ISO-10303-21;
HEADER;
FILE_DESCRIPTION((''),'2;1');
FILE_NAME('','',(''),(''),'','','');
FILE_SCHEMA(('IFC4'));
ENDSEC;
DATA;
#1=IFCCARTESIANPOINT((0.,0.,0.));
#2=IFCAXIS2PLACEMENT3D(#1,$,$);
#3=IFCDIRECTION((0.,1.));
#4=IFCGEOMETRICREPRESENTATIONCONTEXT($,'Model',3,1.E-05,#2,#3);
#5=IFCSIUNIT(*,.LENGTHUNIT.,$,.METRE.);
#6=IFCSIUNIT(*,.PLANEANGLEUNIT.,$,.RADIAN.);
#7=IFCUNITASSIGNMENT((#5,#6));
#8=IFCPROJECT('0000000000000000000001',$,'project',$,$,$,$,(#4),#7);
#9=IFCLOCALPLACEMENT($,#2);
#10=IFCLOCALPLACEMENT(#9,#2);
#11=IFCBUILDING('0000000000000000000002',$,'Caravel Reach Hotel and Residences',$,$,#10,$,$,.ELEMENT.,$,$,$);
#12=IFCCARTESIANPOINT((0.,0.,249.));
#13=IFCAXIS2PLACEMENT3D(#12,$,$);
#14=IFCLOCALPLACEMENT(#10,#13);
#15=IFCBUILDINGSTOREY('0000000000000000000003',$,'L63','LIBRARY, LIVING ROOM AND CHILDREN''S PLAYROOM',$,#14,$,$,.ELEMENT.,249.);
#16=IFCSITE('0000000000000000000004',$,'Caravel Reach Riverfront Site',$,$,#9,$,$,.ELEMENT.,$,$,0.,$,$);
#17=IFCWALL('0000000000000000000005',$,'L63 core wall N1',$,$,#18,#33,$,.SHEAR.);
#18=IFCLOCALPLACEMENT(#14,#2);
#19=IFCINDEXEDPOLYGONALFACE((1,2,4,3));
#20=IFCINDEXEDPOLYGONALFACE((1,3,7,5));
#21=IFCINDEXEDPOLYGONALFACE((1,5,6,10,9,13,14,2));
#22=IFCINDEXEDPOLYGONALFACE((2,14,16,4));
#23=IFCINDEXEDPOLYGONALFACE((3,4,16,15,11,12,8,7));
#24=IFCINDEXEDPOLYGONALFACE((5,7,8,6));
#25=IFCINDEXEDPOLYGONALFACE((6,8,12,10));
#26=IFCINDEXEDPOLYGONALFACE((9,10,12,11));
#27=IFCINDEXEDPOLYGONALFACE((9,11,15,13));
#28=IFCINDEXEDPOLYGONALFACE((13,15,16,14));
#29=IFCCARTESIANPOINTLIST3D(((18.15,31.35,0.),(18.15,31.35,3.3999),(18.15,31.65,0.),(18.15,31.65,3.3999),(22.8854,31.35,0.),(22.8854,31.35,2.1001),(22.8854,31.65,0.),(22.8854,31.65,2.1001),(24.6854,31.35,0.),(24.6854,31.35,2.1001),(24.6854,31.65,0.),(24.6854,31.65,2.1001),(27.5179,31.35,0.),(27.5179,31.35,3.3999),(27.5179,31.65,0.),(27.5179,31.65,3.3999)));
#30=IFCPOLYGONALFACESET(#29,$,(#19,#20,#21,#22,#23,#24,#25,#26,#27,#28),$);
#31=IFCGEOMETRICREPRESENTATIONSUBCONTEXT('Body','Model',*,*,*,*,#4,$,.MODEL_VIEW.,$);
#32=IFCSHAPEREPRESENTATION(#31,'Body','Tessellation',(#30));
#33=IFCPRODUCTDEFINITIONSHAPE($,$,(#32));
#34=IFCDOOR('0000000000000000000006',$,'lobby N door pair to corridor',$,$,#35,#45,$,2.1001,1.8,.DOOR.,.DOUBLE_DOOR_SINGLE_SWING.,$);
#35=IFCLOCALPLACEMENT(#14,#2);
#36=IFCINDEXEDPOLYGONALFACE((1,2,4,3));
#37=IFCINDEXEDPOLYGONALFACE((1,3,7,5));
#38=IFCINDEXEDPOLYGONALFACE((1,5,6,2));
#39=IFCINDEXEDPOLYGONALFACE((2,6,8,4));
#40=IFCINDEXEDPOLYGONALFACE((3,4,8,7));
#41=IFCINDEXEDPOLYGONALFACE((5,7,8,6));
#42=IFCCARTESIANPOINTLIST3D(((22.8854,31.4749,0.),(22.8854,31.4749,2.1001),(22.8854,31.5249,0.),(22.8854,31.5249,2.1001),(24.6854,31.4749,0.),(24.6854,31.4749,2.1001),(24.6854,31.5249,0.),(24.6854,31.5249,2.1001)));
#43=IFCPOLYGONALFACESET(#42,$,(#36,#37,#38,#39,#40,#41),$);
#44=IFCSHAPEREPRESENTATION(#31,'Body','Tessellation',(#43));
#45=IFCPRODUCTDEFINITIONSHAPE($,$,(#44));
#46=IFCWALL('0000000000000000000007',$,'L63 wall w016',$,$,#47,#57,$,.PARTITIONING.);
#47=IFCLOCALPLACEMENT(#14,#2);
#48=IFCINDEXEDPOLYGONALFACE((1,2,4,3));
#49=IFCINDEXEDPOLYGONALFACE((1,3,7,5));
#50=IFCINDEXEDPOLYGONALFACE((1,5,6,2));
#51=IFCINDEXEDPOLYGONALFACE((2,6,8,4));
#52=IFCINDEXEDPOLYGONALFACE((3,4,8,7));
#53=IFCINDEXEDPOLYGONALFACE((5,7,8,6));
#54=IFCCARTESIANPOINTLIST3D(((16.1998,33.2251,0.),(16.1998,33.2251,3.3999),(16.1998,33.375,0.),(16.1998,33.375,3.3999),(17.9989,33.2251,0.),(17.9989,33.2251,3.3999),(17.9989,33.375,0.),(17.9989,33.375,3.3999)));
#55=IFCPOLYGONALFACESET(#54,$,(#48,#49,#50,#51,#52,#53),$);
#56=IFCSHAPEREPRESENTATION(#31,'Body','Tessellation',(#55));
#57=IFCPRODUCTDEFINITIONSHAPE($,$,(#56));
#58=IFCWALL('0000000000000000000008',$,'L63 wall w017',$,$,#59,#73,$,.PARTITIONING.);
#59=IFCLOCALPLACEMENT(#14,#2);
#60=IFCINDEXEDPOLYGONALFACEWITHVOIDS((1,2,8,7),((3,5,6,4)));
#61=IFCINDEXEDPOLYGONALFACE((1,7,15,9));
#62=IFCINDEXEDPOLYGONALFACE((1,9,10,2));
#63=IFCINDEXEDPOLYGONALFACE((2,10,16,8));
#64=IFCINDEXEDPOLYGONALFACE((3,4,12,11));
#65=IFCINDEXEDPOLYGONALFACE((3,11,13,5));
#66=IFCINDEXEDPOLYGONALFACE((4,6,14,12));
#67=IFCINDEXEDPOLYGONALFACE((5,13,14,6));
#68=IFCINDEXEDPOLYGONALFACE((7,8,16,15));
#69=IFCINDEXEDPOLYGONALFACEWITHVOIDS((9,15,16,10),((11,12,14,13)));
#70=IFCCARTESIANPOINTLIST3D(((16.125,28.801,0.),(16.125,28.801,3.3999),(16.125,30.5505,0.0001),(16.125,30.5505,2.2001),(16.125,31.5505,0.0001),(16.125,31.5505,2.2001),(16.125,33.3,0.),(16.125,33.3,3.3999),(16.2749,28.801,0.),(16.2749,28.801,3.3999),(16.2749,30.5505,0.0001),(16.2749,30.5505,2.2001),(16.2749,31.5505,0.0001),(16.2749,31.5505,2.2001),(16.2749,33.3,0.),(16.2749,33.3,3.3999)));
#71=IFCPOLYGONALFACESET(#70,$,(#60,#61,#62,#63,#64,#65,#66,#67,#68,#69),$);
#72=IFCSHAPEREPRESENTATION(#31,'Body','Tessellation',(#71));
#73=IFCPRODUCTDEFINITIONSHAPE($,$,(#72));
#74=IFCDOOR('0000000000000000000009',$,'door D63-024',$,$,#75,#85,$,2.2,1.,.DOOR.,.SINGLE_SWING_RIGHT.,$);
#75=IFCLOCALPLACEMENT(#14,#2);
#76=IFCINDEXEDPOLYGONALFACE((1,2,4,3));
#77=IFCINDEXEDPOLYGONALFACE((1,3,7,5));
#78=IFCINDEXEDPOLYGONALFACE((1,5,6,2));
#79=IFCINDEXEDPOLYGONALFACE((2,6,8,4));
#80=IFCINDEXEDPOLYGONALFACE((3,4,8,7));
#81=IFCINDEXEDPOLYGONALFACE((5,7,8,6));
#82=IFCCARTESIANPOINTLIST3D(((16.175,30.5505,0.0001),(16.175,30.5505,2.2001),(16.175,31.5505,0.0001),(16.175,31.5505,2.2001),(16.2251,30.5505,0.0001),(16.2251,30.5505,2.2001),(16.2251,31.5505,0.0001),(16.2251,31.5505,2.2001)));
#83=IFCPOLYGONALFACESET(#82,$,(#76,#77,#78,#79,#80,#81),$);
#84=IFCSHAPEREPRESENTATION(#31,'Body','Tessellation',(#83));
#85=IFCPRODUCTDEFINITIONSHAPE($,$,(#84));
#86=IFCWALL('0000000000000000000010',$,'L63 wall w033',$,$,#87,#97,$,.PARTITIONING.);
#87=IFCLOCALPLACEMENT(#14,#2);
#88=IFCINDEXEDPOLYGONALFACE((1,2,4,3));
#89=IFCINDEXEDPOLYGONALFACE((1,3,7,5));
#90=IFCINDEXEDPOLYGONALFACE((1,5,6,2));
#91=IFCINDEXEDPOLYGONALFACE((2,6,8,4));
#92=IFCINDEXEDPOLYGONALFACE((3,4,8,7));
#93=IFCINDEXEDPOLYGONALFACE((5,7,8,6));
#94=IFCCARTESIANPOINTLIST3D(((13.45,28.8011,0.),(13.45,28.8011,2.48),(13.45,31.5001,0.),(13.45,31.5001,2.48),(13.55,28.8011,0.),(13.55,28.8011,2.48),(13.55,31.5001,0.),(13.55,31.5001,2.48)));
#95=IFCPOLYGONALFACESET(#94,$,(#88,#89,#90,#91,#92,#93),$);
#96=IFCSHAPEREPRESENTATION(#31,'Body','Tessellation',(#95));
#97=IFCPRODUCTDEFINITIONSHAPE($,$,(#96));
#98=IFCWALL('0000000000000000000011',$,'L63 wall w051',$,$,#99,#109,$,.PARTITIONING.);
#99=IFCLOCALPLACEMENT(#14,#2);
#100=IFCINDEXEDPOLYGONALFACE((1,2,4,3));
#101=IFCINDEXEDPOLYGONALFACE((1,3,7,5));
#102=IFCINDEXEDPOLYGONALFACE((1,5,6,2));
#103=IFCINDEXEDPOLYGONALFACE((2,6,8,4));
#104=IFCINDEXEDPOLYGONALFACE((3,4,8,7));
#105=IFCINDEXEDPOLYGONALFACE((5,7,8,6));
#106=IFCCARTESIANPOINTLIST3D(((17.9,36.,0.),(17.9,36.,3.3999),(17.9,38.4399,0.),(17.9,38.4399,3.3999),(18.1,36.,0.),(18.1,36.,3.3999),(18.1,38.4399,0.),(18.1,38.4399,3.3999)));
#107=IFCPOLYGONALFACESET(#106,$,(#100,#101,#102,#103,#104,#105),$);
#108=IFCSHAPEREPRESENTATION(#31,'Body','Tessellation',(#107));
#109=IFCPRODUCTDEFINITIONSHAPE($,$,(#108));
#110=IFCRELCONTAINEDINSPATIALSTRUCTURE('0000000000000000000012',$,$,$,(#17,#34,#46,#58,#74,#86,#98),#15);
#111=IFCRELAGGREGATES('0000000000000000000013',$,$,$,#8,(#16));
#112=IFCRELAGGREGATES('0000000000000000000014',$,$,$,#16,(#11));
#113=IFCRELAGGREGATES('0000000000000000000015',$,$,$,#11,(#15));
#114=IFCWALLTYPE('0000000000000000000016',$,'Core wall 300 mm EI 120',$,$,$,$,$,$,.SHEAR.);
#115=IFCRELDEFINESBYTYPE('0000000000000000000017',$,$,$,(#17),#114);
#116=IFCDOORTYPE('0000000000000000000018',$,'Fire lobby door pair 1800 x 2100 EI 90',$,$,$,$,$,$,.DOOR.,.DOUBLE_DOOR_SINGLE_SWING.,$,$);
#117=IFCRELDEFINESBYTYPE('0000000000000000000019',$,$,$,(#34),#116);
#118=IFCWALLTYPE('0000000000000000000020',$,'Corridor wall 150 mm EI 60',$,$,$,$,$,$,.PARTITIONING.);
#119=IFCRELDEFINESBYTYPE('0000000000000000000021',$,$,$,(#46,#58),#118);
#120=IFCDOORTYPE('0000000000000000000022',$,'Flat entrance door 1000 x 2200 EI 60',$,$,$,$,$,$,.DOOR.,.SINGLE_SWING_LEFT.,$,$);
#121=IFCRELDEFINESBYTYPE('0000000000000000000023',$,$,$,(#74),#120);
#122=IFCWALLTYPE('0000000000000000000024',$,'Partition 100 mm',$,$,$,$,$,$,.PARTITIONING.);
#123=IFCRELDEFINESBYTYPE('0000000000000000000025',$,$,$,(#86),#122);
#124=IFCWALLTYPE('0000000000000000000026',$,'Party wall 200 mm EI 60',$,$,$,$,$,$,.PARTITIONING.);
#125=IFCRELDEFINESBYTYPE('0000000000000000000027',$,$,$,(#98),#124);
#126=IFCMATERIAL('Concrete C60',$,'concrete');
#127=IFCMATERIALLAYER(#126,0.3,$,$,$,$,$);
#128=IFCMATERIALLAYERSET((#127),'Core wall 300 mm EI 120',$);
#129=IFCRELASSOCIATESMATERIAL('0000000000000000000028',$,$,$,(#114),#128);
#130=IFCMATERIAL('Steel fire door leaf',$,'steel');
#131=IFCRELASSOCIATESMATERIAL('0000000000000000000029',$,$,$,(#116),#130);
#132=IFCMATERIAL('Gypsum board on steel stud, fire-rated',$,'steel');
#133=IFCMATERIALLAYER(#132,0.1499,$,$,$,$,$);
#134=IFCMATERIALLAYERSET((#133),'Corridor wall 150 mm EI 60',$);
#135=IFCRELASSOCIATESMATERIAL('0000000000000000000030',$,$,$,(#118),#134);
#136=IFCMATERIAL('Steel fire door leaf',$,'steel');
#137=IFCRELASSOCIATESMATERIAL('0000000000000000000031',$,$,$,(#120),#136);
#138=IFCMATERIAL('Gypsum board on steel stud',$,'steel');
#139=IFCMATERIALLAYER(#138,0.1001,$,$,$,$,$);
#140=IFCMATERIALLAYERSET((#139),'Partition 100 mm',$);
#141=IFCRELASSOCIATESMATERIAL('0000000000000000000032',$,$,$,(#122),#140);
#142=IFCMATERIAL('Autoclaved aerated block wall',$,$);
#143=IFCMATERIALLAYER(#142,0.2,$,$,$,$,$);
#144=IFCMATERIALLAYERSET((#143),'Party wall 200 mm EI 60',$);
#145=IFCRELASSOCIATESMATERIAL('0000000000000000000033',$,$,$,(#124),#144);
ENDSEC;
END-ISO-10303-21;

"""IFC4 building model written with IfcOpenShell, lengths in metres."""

from ifc_helpers import new_model, si_unit, direction, frame, frame_2d, origin, place, context, subcontext, project, spatial, rectangle, extrude, material, layer, layer_set, type_object, element, fill, save


model = new_model("IFC4")

# Units and contexts
model_context = context("Model", 3, precision=1e-05, world=origin(), true_north=direction((0.0, 1.0)))
body_context = subcontext(model_context, "Body", "Model", "MODEL_VIEW")
ifc_project = project(units=[si_unit("LENGTHUNIT", "METRE"), si_unit("PLANEANGLEUNIT", "RADIAN")], contexts=[model_context])

# Site, building, storey
site_placement = place(None, origin())
site = spatial("IfcSite", under=ifc_project, at=site_placement, Name="Caravel Reach Riverfront Site", CompositionType="ELEMENT", RefElevation=0.0)
building_placement = place(site_placement, origin())
building = spatial("IfcBuilding", under=site, at=building_placement, Name="Caravel Reach Hotel and Residences", CompositionType="ELEMENT")
storey_placement = place(building_placement, frame((0.0, 0.0, 249.0)))
storey = spatial("IfcBuildingStorey", under=building, at=storey_placement, Name="L63", Description="LIBRARY, LIVING ROOM AND CHILDREN'S PLAYROOM", CompositionType="ELEMENT", Elevation=249.0)

# Wall, opening, door
ifc_material_1 = material(Name="Concrete C60", Category="concrete")
ifc_layer_1 = layer(ifc_material_1, 0.3)
ifc_layer_set_1 = layer_set([ifc_layer_1], Name="Core wall 300 mm EI 120")
wall_type_1 = type_object("IfcWallType", Name="Core wall 300 mm EI 120", PredefinedType="SHEAR", material=ifc_layer_set_1)
wall_1_placement = place(storey_placement, frame((18.1499, 31.5, 0.0), z_axis=(0.0, 0.0, 1.0), x_axis=(1.0, 0.0, 0.0)))
wall_1 = element("IfcWall", 1, at=wall_1_placement, inside=storey, type_object=wall_type_1, Name="L63 core wall N1", PredefinedType="SHEAR", context=body_context, shape_type="SweptSolid", body=[
    extrude(rectangle(XDim=9.3679, YDim=0.3, at=frame_2d((4.6841, 0.0))), origin(), (0.0, 0.0, 1.0), 3.3999),
])
opening_1_placement = place(wall_1_placement, frame((4.7356, 0.0, 0.0)))
opening_1 = element("IfcOpeningElement", 2, at=opening_1_placement, cuts=wall_1, PredefinedType="OPENING", context=body_context, shape_type="SweptSolid", body=[
    extrude(rectangle(XDim=1.8, YDim=2.1001, at=frame_2d((0.8999, 1.05))), frame((0.0, 0.1599, 0.0), z_axis=(0.0, -1.0, 0.0), x_axis=(1.0, 0.0, 0.0)), (0.0, 0.0, 1.0), 0.3201),
])
ifc_material_2 = material(Name="Steel fire door leaf", Category="steel")
door_type_1 = type_object("IfcDoorType", Name="Fire lobby door pair 1800 x 2100 EI 90", OperationType="DOUBLE_DOOR_SINGLE_SWING", PredefinedType="DOOR", material=ifc_material_2)
door_1_placement = place(opening_1_placement, origin())
door_1 = element("IfcDoor", 3, at=door_1_placement, inside=storey, type_object=door_type_1, Name="lobby N door pair to corridor", OperationType="DOUBLE_DOOR_SINGLE_SWING", OverallHeight=2.1001, OverallWidth=1.8, PredefinedType="DOOR", context=body_context, shape_type="SweptSolid", body=[
    extrude(rectangle(XDim=1.8, YDim=2.1001, at=frame_2d((0.8999, 1.05))), frame((0.0, 0.0249, 0.0), z_axis=(0.0, -1.0, 0.0), x_axis=(1.0, 0.0, 0.0)), (0.0, 0.0, 1.0), 0.05),
])
fill(opening_1, door_1)

# Wall
ifc_material_3 = material(Name="Gypsum board on steel stud, fire-rated", Category="steel")
ifc_layer_2 = layer(ifc_material_3, 0.1499)
ifc_layer_set_2 = layer_set([ifc_layer_2], Name="Corridor wall 150 mm EI 60")
wall_type_2 = type_object("IfcWallType", Name="Corridor wall 150 mm EI 60", PredefinedType="PARTITIONING", material=ifc_layer_set_2)
wall_2_placement = place(storey_placement, frame((16.2, 33.3, 0.0), z_axis=(0.0, 0.0, 1.0), x_axis=(1.0, 0.0, 0.0)))
element("IfcWall", 4, at=wall_2_placement, inside=storey, type_object=wall_type_2, Name="L63 wall w016", PredefinedType="PARTITIONING", context=body_context, shape_type="SweptSolid", body=[
    extrude(rectangle(XDim=1.7991, YDim=0.1499, at=frame_2d((0.8994, 0.0))), origin(), (0.0, 0.0, 1.0), 3.3999),
])

# Wall, opening, door
wall_3_placement = place(storey_placement, frame((16.2, 28.801, 0.0), z_axis=(0.0, 0.0, 1.0), x_axis=(0.0, 1.0, 0.0)))
wall_3 = element("IfcWall", 5, at=wall_3_placement, inside=storey, type_object=wall_type_2, Name="L63 wall w017", PredefinedType="PARTITIONING", context=body_context, shape_type="SweptSolid", body=[
    extrude(rectangle(XDim=4.499, YDim=0.1499, at=frame_2d((2.2495, 0.0))), origin(), (0.0, 0.0, 1.0), 3.3999),
])
opening_2_placement = place(wall_3_placement, frame((1.7495, 0.0, 0.0)))
opening_2 = element("IfcOpeningElement", 6, at=opening_2_placement, cuts=wall_3, PredefinedType="OPENING", context=body_context, shape_type="SweptSolid", body=[
    extrude(rectangle(XDim=1.0, YDim=2.2, at=frame_2d((0.5, 1.1001))), frame((0.0, 0.085, 0.0), z_axis=(0.0, -1.0, 0.0), x_axis=(1.0, 0.0, 0.0)), (0.0, 0.0, 1.0), 0.1699),
])
ifc_material_4 = material(Name="Steel fire door leaf", Category="steel")
door_type_2 = type_object("IfcDoorType", Name="Flat entrance door 1000 x 2200 EI 60", OperationType="SINGLE_SWING_LEFT", PredefinedType="DOOR", material=ifc_material_4)
door_2_placement = place(opening_2_placement, origin())
door_2 = element("IfcDoor", 7, at=door_2_placement, inside=storey, type_object=door_type_2, Name="door D63-024", OperationType="SINGLE_SWING_RIGHT", OverallHeight=2.2, OverallWidth=1.0, PredefinedType="DOOR", context=body_context, shape_type="SweptSolid", body=[
    extrude(rectangle(XDim=1.0, YDim=2.2, at=frame_2d((0.5, 1.1001))), frame((0.0, 0.0249, 0.0), z_axis=(0.0, -1.0, 0.0), x_axis=(1.0, 0.0, 0.0)), (0.0, 0.0, 1.0), 0.05),
])
fill(opening_2, door_2)

# Walls
ifc_material_5 = material(Name="Gypsum board on steel stud", Category="steel")
ifc_layer_3 = layer(ifc_material_5, 0.1001)
ifc_layer_set_3 = layer_set([ifc_layer_3], Name="Partition 100 mm")
wall_type_3 = type_object("IfcWallType", Name="Partition 100 mm", PredefinedType="PARTITIONING", material=ifc_layer_set_3)
wall_4_placement = place(storey_placement, frame((13.5, 28.801, 0.0), z_axis=(0.0, 0.0, 1.0), x_axis=(0.0, 1.0, 0.0)))
element("IfcWall", 8, at=wall_4_placement, inside=storey, type_object=wall_type_3, Name="L63 wall w033", PredefinedType="PARTITIONING", context=body_context, shape_type="SweptSolid", body=[
    extrude(rectangle(XDim=2.699, YDim=0.1001, at=frame_2d((1.3496, 0.0))), origin(), (0.0, 0.0, 1.0), 2.48),
])
ifc_material_6 = material(Name="Autoclaved aerated block wall")
ifc_layer_4 = layer(ifc_material_6, 0.2)
ifc_layer_set_4 = layer_set([ifc_layer_4], Name="Party wall 200 mm EI 60")
wall_type_4 = type_object("IfcWallType", Name="Party wall 200 mm EI 60", PredefinedType="PARTITIONING", material=ifc_layer_set_4)
wall_5_placement = place(storey_placement, frame((18.0, 36.0, 0.0), z_axis=(0.0, 0.0, 1.0), x_axis=(0.0, 1.0, 0.0)))
element("IfcWall", 9, at=wall_5_placement, inside=storey, type_object=wall_type_4, Name="L63 wall w051", PredefinedType="PARTITIONING", context=body_context, shape_type="SweptSolid", body=[
    extrude(rectangle(XDim=2.4399, YDim=0.2, at=frame_2d((1.22, 0.0))), origin(), (0.0, 0.0, 1.0), 3.3999),
])

save(model, "model.ifc")
